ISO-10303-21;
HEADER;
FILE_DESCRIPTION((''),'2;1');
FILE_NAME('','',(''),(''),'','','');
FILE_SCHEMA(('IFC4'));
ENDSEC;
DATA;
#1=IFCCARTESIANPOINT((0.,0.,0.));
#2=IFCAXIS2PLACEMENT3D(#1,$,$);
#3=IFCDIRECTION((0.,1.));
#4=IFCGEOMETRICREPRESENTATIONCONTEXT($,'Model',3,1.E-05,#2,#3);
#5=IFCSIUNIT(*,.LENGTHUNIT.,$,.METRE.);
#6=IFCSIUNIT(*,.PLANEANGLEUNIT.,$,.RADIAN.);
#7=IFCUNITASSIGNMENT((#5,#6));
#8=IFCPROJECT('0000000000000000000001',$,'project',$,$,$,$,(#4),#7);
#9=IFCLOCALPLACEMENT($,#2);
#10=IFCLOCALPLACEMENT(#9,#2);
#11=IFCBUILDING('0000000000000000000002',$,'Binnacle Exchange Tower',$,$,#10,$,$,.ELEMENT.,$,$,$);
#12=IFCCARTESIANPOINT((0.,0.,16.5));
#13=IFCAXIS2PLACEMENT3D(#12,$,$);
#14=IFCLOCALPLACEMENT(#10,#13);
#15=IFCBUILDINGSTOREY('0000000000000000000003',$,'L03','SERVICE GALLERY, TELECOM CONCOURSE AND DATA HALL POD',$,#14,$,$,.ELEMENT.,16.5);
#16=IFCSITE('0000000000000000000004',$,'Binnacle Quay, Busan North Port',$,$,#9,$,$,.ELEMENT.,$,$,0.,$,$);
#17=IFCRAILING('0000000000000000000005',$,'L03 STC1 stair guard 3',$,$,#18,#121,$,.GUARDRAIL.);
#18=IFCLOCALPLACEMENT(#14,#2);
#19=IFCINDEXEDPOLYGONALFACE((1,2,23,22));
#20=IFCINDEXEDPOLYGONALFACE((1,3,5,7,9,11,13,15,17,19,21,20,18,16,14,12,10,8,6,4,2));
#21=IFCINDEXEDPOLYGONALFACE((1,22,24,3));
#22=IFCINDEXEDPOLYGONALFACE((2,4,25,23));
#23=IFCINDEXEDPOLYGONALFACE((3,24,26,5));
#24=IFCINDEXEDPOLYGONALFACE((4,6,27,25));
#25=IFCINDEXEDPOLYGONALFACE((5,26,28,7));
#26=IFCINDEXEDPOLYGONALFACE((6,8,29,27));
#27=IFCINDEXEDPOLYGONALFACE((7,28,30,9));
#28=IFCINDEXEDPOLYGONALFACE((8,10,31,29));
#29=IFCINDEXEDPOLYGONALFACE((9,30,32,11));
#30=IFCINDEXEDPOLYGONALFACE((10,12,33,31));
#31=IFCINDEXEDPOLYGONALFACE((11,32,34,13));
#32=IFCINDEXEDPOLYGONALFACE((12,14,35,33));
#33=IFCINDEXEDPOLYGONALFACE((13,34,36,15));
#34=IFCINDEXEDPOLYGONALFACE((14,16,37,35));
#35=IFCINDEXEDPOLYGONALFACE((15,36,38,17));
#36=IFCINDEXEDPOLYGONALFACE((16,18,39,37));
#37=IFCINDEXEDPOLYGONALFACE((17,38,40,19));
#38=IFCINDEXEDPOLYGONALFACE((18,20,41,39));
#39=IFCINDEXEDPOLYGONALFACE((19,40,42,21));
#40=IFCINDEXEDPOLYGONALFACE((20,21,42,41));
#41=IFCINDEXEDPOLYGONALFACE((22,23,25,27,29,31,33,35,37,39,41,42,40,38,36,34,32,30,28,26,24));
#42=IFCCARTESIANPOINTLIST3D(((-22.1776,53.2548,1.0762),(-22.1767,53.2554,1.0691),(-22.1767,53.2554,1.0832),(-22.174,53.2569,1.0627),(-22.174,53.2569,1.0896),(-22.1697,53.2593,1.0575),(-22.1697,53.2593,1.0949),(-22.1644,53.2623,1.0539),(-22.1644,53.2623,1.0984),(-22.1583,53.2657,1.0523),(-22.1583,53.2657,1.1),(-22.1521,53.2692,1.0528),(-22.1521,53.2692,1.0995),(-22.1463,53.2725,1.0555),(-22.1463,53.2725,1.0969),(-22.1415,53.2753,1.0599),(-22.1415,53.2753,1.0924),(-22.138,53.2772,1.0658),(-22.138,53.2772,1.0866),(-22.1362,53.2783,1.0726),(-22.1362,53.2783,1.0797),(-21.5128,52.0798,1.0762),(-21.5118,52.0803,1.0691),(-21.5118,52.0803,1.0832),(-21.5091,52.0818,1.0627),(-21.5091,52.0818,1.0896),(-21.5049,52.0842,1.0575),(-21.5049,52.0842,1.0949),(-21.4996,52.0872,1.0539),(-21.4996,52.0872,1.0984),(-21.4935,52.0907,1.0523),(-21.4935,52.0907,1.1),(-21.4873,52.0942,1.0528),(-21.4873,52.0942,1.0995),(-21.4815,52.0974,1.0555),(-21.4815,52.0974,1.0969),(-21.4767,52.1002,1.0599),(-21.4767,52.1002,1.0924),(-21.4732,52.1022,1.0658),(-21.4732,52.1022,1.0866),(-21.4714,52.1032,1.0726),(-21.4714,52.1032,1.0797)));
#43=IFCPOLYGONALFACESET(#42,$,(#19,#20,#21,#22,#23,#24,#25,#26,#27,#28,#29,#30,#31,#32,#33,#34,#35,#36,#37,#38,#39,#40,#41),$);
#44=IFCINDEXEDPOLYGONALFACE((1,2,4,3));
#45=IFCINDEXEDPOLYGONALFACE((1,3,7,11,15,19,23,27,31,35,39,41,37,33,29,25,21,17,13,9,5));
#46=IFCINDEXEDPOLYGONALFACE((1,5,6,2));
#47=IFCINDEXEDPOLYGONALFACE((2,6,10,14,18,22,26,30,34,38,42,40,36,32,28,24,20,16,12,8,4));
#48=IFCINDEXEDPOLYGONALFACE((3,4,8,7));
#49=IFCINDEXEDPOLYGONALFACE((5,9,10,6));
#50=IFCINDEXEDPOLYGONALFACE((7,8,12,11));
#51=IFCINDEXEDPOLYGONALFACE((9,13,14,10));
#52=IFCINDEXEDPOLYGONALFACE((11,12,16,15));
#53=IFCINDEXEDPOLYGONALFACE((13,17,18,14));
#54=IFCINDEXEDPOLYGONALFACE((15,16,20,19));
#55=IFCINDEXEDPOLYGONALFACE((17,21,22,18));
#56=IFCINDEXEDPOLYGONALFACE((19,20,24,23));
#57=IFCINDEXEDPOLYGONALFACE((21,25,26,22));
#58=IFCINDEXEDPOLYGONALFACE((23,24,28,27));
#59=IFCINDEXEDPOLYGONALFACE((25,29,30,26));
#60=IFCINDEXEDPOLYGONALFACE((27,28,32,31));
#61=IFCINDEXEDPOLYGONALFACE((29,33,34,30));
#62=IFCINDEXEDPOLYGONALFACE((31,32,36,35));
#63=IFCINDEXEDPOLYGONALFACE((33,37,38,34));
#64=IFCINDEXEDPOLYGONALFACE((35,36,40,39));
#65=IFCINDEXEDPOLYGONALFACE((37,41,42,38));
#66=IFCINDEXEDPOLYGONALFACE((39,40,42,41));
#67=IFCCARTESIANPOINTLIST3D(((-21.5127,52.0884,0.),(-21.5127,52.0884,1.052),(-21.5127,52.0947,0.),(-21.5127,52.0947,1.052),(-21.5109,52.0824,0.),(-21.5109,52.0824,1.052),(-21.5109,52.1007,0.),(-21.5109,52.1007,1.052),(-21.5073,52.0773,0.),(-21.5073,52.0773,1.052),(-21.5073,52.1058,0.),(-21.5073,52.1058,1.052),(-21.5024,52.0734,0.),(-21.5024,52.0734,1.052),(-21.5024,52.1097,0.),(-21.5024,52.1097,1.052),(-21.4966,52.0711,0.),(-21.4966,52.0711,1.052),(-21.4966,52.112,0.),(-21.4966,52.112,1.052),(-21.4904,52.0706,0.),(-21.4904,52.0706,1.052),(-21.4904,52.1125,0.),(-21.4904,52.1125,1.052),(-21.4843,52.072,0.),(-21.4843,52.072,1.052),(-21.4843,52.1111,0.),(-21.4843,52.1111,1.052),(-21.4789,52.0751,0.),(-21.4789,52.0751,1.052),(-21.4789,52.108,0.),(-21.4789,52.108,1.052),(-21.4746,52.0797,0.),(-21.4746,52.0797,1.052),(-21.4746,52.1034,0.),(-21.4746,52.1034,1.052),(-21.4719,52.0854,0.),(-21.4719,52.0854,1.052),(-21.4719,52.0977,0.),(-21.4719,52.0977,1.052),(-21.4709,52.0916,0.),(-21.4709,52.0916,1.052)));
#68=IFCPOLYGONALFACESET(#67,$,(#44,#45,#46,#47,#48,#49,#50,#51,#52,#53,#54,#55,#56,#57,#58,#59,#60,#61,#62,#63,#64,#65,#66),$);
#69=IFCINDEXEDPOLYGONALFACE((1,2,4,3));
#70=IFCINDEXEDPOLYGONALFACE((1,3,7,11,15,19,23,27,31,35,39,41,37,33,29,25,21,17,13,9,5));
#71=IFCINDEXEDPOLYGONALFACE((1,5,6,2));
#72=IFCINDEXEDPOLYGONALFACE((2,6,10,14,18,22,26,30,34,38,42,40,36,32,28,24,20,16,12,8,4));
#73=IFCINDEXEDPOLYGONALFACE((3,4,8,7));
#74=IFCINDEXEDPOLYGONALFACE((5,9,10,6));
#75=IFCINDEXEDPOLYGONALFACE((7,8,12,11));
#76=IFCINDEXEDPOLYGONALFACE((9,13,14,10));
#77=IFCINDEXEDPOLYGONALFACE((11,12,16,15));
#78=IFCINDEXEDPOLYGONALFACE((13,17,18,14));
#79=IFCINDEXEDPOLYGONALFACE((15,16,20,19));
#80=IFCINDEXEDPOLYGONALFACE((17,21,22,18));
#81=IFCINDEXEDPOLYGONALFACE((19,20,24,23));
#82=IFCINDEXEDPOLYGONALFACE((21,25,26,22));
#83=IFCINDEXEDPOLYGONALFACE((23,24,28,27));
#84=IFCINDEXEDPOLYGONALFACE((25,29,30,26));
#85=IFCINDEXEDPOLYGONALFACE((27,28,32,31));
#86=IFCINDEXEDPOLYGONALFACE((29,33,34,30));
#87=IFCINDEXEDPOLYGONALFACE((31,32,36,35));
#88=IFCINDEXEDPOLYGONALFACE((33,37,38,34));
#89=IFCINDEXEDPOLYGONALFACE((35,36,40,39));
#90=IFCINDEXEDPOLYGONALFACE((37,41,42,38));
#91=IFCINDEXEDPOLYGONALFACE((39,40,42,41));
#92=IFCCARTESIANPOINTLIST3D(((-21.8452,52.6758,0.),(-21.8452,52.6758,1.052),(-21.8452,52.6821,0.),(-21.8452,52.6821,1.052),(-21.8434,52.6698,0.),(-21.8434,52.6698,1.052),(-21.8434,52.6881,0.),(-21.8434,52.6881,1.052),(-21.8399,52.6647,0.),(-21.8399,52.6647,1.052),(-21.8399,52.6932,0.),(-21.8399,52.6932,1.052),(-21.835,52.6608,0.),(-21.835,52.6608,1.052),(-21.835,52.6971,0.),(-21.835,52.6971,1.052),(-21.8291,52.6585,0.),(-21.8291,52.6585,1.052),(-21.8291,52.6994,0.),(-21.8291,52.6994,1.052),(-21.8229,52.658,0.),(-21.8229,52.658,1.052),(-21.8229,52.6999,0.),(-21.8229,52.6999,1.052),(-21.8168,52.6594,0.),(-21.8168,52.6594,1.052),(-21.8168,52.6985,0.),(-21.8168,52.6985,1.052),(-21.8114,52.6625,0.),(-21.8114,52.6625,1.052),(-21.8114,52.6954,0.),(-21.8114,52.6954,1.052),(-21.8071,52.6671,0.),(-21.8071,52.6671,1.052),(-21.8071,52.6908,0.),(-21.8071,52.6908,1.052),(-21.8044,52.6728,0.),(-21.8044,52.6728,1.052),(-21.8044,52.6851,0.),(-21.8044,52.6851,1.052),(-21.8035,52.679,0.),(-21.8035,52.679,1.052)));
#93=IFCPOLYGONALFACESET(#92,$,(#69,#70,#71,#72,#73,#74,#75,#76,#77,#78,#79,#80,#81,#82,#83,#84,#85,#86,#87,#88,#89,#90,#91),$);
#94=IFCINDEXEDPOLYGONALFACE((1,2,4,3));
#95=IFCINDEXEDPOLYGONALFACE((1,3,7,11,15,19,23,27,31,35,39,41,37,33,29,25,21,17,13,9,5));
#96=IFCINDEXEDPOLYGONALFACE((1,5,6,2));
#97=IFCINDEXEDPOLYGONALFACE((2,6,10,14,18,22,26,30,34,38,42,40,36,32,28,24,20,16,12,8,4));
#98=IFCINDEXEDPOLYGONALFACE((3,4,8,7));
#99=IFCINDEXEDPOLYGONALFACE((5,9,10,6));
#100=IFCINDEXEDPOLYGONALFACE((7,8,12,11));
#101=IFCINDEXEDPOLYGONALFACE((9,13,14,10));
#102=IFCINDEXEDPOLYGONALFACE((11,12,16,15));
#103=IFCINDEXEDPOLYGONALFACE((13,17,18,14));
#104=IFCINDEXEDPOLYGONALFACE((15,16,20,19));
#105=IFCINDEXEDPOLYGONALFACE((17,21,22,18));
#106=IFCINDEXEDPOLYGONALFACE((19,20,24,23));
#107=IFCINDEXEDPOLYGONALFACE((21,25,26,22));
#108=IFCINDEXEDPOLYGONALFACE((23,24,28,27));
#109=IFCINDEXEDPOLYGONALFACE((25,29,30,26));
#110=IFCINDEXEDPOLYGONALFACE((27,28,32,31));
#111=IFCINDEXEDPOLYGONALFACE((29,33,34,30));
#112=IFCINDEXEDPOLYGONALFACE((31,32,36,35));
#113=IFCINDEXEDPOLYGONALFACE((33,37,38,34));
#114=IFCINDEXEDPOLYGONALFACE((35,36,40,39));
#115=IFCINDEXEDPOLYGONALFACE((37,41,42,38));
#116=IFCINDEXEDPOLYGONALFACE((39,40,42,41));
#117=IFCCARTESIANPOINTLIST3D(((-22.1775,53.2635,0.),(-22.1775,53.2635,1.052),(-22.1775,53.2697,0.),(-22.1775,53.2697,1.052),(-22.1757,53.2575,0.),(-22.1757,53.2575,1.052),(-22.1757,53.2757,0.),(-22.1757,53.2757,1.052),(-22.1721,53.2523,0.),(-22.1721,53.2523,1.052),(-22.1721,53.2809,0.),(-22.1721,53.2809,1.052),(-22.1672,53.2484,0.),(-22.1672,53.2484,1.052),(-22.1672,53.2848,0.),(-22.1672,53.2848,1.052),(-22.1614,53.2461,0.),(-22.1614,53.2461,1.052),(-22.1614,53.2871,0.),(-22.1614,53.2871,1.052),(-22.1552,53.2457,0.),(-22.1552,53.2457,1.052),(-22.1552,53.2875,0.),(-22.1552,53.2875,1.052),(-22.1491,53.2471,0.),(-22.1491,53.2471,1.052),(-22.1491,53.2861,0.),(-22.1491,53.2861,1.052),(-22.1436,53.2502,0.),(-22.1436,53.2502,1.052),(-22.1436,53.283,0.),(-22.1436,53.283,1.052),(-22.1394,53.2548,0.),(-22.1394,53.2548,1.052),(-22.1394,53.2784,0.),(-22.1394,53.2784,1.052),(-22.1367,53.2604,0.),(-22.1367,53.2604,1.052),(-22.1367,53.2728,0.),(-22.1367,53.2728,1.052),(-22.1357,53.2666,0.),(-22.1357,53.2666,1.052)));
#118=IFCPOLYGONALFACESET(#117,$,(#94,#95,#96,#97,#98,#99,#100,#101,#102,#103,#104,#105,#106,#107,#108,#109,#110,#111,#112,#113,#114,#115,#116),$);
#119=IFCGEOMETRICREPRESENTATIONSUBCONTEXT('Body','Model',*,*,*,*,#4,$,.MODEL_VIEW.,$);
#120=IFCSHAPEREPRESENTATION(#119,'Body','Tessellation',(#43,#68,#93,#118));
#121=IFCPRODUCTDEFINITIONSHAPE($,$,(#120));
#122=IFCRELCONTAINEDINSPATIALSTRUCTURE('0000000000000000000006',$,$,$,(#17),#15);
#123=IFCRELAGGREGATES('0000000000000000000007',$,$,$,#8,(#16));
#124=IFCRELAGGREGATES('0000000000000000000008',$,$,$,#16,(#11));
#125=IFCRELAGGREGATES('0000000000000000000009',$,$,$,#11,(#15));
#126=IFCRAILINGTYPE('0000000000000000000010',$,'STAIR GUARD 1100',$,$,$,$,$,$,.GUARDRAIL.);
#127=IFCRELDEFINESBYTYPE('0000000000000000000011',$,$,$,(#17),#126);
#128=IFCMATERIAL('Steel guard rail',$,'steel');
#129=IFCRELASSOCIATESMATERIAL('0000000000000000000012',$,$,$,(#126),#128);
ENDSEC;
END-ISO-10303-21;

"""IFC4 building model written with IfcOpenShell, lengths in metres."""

from ifc_helpers import new_model, si_unit, direction, frame, origin, origin_2d, place, context, subcontext, project, spatial, circle, extrude, material, type_object, element, save


model = new_model("IFC4")

# Units and contexts
model_context = context("Model", 3, precision=1e-05, world=origin(), true_north=direction((0.0, 1.0)))
body_context = subcontext(model_context, "Body", "Model", "MODEL_VIEW")
ifc_project = project(units=[si_unit("LENGTHUNIT", "METRE"), si_unit("PLANEANGLEUNIT", "RADIAN")], contexts=[model_context])

# Site, building, storey
site_placement = place(None, origin())
site = spatial("IfcSite", under=ifc_project, at=site_placement, Name="Binnacle Quay, Busan North Port", CompositionType="ELEMENT", RefElevation=0.0)
building_placement = place(site_placement, origin())
building = spatial("IfcBuilding", under=site, at=building_placement, Name="Binnacle Exchange Tower", CompositionType="ELEMENT")
storey_placement = place(building_placement, frame((0.0, 0.0, 16.5)))
storey = spatial("IfcBuildingStorey", under=building, at=storey_placement, Name="L03", Description="SERVICE GALLERY, TELECOM CONCOURSE AND DATA HALL POD", CompositionType="ELEMENT", Elevation=16.5)

# Railing
ifc_material_1 = material(Name="Steel guard rail", Category="steel")
railing_type_1 = type_object("IfcRailingType", Name="STAIR GUARD 1100", PredefinedType="GUARDRAIL", material=ifc_material_1)
railing_1_placement = place(storey_placement, frame((-21.4919, 52.0916, 0.0)))
element("IfcRailing", 1, at=railing_1_placement, inside=storey, type_object=railing_type_1, Name="L03 STC1 stair guard 3", PredefinedType="GUARDRAIL", context=body_context, shape_type="SweptSolid", body=[
    extrude(circle(Radius=0.0239, at=origin_2d()), frame((0.0, 0.0, 1.0762), z_axis=(-0.492415, 0.870361, 0.0), x_axis=(-0.870361, -0.492415, 0.0)), (0.0, 0.0, 1.0), 1.3501),
    extrude(circle(Radius=0.021, at=origin_2d()), origin(), (0.0, 0.0, 1.0), 1.052),
    extrude(circle(Radius=0.021, at=origin_2d()), frame((-0.3325, 0.5874, 0.0)), (0.0, 0.0, 1.0), 1.052),
    extrude(circle(Radius=0.021, at=origin_2d()), frame((-0.6648, 1.175, 0.0)), (0.0, 0.0, 1.0), 1.052),
])

save(model, "model.ifc")
